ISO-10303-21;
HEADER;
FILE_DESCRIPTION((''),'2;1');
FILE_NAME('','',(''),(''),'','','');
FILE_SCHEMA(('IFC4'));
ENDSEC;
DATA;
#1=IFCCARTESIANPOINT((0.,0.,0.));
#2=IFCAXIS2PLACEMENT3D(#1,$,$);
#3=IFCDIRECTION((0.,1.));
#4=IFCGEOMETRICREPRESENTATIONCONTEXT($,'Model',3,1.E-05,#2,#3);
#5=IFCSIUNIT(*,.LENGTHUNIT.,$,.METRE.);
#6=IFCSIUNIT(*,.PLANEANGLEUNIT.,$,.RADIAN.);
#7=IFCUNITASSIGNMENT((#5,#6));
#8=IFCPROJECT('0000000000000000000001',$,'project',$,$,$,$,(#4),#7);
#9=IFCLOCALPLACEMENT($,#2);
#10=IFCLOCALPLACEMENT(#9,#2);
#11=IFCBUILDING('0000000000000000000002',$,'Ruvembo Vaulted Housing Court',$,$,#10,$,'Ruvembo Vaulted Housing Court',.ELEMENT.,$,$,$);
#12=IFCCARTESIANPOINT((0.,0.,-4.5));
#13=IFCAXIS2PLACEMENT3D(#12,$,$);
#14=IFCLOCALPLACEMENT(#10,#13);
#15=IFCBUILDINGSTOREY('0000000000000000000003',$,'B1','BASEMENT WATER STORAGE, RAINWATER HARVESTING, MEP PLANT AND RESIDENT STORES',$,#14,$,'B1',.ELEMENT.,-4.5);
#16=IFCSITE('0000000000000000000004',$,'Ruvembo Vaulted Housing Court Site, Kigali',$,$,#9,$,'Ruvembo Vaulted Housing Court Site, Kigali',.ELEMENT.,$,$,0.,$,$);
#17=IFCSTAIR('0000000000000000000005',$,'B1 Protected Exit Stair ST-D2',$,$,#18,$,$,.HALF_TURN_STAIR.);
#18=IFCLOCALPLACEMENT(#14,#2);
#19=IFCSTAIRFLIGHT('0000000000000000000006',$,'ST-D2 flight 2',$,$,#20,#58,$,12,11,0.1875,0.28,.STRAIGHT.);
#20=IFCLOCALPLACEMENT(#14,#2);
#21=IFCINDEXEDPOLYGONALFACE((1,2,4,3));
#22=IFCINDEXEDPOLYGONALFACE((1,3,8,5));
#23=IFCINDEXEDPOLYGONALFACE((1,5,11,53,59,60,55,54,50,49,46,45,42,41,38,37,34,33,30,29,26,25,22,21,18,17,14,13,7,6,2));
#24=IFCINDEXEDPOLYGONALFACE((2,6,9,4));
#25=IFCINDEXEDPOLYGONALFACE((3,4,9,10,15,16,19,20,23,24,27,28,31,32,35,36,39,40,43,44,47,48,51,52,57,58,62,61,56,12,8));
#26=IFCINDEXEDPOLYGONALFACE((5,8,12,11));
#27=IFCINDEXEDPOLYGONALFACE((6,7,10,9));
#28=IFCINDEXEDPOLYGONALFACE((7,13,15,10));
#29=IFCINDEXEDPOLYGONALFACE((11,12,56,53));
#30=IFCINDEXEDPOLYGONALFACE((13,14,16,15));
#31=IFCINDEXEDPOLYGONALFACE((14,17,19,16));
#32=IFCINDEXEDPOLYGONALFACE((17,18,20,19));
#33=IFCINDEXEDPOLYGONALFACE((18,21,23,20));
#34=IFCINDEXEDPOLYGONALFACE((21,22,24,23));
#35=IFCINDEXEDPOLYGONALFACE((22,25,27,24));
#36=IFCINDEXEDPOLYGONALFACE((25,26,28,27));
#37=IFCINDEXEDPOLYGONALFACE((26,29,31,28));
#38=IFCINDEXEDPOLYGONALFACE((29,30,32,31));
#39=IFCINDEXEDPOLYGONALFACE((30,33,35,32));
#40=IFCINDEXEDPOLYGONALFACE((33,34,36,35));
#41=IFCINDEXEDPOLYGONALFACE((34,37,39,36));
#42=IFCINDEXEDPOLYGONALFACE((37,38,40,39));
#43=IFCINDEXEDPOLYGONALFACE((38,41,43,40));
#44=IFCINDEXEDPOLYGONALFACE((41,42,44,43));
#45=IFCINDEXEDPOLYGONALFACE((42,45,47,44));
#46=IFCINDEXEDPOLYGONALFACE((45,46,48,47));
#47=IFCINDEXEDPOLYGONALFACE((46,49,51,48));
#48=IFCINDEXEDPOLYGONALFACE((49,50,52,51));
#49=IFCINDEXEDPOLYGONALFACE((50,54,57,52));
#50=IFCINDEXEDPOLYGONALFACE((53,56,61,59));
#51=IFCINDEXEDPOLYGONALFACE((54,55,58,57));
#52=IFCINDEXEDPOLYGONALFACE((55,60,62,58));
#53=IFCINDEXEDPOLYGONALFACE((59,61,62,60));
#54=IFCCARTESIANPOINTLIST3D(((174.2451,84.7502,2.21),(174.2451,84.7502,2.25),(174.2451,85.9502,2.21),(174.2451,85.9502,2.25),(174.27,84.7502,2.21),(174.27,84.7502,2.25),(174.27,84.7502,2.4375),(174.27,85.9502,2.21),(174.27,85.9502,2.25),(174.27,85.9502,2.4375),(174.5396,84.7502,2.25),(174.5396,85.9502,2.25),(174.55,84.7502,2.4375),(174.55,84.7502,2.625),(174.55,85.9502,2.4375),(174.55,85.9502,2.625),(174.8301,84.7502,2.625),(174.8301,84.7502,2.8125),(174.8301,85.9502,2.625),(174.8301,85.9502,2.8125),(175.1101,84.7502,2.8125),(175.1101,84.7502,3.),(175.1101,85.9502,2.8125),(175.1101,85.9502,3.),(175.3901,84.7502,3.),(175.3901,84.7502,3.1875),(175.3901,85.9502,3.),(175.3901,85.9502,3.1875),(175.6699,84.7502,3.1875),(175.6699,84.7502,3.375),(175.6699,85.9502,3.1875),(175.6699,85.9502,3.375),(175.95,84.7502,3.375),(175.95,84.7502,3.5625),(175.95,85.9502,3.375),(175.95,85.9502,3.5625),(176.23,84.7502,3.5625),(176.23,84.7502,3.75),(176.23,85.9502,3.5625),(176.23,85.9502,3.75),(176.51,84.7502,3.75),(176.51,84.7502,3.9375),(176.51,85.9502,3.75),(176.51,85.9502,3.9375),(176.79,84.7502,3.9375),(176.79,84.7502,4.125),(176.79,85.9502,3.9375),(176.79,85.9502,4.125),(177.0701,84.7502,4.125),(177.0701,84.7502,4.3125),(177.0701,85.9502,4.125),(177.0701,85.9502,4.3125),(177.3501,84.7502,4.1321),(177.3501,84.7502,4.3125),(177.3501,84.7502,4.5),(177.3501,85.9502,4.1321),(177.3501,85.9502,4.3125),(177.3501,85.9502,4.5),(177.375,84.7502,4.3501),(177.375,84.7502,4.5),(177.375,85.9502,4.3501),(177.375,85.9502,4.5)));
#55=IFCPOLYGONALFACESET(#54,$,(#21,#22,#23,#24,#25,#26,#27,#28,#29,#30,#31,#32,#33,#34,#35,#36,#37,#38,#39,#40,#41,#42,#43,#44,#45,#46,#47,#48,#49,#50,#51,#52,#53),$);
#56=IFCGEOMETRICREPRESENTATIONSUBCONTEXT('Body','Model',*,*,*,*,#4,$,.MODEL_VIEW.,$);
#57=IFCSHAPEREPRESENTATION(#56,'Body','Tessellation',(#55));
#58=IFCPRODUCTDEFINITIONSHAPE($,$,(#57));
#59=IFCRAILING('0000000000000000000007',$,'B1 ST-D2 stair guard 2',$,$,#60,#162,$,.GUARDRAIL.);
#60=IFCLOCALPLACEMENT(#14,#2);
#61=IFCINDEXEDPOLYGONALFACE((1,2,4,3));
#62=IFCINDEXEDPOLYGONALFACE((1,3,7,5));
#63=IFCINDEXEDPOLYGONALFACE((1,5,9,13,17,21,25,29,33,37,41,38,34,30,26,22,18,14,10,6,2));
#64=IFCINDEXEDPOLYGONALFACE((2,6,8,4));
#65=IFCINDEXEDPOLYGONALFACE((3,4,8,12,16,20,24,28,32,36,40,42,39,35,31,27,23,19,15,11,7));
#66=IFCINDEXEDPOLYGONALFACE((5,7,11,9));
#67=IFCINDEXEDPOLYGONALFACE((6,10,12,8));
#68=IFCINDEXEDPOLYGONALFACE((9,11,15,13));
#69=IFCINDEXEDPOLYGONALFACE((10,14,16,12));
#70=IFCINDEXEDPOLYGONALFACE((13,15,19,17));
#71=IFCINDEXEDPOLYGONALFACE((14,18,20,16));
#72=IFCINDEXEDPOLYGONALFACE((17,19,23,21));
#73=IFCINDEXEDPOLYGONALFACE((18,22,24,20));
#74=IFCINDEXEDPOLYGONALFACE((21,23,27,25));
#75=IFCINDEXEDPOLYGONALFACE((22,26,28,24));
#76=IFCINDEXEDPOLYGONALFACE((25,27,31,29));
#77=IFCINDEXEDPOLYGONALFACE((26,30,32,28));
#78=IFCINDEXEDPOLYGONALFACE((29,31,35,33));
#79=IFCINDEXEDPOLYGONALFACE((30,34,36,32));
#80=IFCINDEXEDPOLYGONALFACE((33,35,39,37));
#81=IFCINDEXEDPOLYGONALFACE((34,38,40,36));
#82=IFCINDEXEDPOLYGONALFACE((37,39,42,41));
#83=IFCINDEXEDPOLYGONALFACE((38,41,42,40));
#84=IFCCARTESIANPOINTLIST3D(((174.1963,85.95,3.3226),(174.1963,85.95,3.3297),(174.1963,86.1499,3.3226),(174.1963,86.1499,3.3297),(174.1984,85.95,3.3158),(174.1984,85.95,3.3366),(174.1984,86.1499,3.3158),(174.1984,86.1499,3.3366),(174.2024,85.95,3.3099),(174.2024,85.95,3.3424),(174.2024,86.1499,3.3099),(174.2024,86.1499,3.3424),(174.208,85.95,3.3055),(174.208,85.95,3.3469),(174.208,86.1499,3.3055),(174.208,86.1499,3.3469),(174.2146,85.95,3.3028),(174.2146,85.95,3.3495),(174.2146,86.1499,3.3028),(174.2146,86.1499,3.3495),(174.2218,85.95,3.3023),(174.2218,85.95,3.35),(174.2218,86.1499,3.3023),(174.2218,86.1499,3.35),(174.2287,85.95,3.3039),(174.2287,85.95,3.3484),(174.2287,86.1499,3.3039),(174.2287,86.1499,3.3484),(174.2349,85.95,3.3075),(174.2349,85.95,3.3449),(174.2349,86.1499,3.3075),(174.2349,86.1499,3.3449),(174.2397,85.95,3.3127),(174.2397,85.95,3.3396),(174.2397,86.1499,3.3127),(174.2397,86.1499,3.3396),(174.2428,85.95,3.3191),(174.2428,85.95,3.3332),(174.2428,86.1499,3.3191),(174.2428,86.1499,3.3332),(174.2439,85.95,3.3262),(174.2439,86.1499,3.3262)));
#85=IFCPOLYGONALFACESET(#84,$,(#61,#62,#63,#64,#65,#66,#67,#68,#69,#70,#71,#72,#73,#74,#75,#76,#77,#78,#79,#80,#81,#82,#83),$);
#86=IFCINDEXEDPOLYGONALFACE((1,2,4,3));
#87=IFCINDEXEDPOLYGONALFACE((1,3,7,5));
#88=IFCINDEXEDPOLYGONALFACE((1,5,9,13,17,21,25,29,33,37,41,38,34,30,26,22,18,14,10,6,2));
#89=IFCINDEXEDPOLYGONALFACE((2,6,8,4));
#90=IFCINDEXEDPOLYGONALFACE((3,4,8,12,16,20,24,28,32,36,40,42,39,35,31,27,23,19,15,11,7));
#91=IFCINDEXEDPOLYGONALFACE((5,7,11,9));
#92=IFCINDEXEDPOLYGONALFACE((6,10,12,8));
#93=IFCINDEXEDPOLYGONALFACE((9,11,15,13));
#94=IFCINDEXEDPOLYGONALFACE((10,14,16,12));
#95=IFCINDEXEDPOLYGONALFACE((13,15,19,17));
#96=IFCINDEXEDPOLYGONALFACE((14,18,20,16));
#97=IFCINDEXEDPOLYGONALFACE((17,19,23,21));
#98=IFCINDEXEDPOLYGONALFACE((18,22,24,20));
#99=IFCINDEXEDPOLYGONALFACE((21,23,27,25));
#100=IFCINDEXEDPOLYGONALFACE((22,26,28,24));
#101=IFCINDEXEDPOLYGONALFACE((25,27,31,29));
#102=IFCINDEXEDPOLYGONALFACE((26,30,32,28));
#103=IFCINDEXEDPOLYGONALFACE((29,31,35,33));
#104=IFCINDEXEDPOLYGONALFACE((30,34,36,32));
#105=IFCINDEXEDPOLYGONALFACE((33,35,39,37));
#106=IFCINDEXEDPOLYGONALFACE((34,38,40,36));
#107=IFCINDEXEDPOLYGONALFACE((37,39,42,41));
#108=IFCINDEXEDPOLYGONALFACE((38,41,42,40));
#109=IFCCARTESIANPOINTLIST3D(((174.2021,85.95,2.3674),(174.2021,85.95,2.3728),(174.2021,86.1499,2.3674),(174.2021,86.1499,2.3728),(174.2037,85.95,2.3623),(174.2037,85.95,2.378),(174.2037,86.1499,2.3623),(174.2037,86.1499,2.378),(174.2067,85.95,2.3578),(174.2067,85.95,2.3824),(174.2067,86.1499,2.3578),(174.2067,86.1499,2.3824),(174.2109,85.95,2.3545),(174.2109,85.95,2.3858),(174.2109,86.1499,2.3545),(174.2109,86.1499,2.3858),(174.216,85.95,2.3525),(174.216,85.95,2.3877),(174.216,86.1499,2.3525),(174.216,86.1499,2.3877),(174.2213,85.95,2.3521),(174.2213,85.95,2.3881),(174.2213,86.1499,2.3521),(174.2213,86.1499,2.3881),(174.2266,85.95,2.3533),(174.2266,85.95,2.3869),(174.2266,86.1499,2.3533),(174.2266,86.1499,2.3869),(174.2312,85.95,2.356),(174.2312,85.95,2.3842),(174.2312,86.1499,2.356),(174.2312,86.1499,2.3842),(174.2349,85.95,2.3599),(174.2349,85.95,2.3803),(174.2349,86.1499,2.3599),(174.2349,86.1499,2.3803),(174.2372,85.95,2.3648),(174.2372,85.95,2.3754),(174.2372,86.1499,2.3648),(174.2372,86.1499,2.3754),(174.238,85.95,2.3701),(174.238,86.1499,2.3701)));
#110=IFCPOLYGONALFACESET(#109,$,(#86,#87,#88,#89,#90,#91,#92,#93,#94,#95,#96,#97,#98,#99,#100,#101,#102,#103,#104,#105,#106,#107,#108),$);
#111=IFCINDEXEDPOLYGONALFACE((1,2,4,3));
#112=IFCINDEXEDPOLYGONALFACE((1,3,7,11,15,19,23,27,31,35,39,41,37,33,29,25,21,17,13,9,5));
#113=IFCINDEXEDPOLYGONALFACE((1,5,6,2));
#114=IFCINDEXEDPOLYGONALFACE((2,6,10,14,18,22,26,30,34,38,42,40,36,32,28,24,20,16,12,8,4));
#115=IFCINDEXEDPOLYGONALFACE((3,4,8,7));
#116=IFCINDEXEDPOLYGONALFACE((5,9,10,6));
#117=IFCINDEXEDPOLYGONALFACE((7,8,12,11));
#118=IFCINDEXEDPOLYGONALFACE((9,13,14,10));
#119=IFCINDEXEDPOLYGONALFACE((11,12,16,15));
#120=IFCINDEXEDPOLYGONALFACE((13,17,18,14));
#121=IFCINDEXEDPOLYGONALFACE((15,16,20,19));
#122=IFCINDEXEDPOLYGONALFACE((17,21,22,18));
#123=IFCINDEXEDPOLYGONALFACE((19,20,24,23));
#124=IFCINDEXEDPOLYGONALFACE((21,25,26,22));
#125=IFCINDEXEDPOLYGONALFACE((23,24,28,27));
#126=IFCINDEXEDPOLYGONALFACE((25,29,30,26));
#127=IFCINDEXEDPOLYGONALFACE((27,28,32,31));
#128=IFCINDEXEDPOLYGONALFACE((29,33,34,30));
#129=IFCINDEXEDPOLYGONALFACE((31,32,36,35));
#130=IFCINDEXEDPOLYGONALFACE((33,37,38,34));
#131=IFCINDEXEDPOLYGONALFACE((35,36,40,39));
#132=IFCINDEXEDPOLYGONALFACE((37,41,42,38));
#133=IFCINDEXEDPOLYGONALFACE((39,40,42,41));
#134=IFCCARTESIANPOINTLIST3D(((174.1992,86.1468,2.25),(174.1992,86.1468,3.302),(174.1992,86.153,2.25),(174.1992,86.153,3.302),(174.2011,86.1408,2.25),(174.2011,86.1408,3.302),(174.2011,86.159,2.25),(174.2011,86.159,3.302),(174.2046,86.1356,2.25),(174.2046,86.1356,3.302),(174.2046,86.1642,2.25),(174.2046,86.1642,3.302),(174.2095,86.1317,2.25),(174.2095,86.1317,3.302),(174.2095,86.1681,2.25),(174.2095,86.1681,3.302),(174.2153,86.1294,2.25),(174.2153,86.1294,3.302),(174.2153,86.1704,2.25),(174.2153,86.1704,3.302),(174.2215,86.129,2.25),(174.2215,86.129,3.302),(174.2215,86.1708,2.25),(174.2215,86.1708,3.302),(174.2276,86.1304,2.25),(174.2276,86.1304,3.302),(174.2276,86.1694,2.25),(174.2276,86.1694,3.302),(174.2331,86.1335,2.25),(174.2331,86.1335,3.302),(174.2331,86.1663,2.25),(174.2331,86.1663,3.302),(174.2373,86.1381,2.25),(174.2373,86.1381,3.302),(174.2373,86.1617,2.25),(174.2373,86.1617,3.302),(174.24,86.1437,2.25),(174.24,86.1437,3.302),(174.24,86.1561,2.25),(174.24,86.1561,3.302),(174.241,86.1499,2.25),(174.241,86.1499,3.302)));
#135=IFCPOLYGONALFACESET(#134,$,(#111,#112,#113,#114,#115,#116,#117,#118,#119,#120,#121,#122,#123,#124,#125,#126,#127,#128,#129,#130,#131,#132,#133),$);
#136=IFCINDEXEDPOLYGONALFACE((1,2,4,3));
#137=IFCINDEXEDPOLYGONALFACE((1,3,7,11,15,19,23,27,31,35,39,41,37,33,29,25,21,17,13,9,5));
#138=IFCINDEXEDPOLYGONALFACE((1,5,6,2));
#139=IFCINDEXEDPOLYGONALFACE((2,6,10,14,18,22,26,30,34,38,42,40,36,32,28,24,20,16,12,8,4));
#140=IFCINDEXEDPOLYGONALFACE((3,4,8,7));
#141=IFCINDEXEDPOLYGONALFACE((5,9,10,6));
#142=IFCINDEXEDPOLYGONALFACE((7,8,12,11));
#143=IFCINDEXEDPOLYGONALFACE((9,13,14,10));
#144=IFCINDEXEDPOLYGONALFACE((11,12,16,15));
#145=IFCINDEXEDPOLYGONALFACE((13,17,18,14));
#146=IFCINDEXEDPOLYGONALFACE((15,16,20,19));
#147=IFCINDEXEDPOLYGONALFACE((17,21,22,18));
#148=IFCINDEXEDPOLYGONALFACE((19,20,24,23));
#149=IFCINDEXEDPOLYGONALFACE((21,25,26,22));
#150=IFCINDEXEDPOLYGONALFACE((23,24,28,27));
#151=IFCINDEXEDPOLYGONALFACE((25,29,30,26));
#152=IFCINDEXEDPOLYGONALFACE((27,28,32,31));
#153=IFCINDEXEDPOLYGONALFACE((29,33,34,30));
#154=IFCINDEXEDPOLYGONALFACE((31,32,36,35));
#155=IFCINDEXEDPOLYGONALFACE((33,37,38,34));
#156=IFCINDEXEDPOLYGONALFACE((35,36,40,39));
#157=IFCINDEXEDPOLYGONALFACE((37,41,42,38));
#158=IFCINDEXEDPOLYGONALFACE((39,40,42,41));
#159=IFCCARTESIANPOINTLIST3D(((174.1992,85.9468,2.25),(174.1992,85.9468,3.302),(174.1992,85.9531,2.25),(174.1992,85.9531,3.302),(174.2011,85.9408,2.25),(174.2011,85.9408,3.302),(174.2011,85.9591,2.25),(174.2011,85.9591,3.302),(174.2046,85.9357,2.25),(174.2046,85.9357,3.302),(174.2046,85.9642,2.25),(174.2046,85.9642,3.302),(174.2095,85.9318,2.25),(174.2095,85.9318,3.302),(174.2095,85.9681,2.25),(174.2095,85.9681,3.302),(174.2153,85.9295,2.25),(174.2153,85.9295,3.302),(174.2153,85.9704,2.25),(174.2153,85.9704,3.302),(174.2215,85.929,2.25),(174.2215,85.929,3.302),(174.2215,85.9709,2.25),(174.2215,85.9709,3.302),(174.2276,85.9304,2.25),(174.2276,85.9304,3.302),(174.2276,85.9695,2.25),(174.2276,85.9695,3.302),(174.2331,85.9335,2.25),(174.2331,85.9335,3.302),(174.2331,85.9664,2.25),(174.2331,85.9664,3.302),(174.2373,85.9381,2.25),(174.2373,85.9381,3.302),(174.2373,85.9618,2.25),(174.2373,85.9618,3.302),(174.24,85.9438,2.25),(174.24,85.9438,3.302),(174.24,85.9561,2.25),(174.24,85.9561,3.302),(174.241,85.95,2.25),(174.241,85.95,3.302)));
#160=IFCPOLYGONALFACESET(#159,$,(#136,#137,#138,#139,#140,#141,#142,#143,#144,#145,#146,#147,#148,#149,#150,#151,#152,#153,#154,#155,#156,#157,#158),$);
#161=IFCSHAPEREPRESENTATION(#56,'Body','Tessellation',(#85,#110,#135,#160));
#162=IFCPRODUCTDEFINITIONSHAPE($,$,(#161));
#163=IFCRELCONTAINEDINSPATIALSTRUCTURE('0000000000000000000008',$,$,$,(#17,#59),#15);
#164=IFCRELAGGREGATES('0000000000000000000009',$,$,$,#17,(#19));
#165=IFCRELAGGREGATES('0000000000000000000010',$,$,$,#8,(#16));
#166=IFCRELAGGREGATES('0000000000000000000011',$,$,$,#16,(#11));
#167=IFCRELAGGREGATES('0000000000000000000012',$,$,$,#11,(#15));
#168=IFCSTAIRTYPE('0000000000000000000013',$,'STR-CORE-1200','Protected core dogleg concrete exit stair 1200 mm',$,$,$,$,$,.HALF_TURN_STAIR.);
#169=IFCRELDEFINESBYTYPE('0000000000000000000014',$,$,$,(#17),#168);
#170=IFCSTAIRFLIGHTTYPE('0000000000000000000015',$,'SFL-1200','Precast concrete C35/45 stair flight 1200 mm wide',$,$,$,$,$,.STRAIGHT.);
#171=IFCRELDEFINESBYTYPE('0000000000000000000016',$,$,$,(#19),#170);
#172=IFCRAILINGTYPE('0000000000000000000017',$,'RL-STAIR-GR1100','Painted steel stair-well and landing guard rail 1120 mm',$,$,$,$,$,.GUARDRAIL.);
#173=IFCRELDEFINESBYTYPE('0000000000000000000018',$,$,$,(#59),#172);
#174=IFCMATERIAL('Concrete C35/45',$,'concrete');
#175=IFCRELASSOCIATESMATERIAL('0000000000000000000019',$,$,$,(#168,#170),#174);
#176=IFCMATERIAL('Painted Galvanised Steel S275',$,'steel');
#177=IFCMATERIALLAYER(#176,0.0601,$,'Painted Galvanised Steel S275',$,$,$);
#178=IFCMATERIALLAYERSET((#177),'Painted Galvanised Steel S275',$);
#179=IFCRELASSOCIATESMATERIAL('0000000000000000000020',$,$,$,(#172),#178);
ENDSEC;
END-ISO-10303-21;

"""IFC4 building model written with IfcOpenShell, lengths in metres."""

from ifc_helpers import new_model, si_unit, direction, frame, origin, origin_2d, place, context, subcontext, project, spatial, polyline, circle, outline, extrude, material, layer, layer_set, type_object, element, aggregate, save


model = new_model("IFC4")

# Units and contexts
model_context = context("Model", 3, precision=1e-05, world=origin(), true_north=direction((0.0, 1.0)))
body_context = subcontext(model_context, "Body", "Model", "MODEL_VIEW")
ifc_project = project(units=[si_unit("LENGTHUNIT", "METRE"), si_unit("PLANEANGLEUNIT", "RADIAN")], contexts=[model_context])

# Site, building, storey
site_placement = place(None, origin())
site = spatial("IfcSite", under=ifc_project, at=site_placement, Name="Ruvembo Vaulted Housing Court Site, Kigali", LongName="Ruvembo Vaulted Housing Court Site, Kigali", CompositionType="ELEMENT", RefElevation=0.0)
building_placement = place(site_placement, origin())
building = spatial("IfcBuilding", under=site, at=building_placement, Name="Ruvembo Vaulted Housing Court", LongName="Ruvembo Vaulted Housing Court", CompositionType="ELEMENT")
storey_placement = place(building_placement, frame((0.0, 0.0, -4.5)))
storey = spatial("IfcBuildingStorey", under=building, at=storey_placement, Name="B1", Description="BASEMENT WATER STORAGE, RAINWATER HARVESTING, MEP PLANT AND RESIDENT STORES", LongName="B1", CompositionType="ELEMENT", Elevation=-4.5)

# Shared definitions
ifc_material_1 = material(Name="Concrete C35/45", Category="concrete")

# Stair, stair flight
stair_type = type_object("IfcStairType", Name="STR-CORE-1200", Description="Protected core dogleg concrete exit stair 1200 mm", PredefinedType="HALF_TURN_STAIR", material=ifc_material_1)
stair_placement = place(storey_placement, origin())
stair = element("IfcStair", 1, at=stair_placement, inside=storey, type_object=stair_type, Name="B1 Protected Exit Stair ST-D2", PredefinedType="HALF_TURN_STAIR")
stair_flight_type = type_object("IfcStairFlightType", Name="SFL-1200", Description="Precast concrete C35/45 stair flight 1200 mm wide", PredefinedType="STRAIGHT", material=ifc_material_1)
stair_flight_1_placement = place(storey_placement, frame((174.27, 85.3501, 2.25), z_axis=(0.0, 0.0, 1.0), x_axis=(1.0, 0.0, 0.0)))
stair_flight_1 = element("IfcStairFlight", 2, at=stair_flight_1_placement, type_object=stair_flight_type, Name="ST-D2 flight 2", NumberOfRisers=12, NumberOfTreads=11, PredefinedType="STRAIGHT", RiserHeight=0.1875, TreadLength=0.28, context=body_context, shape_type="SweptSolid", body=[
    extrude(outline(polyline([(-0.0249, -0.04), (-0.0249, 0.0), (0.0, 0.0), (0.0, 0.1875), (0.28, 0.1875), (0.28, 0.375), (0.5601, 0.375), (0.5601, 0.5625), (0.8401, 0.5625), (0.8401, 0.75), (1.1201, 0.75), (1.1201, 0.9375), (1.3999, 0.9375), (1.3999, 1.125), (1.6799, 1.125), (1.6799, 1.3125), (1.96, 1.3125), (1.96, 1.5), (2.24, 1.5), (2.24, 1.6875), (2.52, 1.6875), (2.52, 1.875), (2.8, 1.875), (2.8, 2.0625), (3.0801, 2.0625), (3.0801, 2.25), (3.105, 2.25), (3.105, 2.1001), (3.0801, 1.8821), (0.2695, 0.0), (0.0, -0.04), (-0.0249, -0.04)])), frame((0.0, 0.6001, 0.0), z_axis=(0.0, -1.0, 0.0), x_axis=(1.0, 0.0, 0.0)), (0.0, 0.0, 1.0), 1.2),
])
aggregate(stair, [stair_flight_1])

# Railing
ifc_material_2 = material(Name="Painted Galvanised Steel S275", Category="steel")
ifc_layer_1 = layer(ifc_material_2, 0.0601, Name="Painted Galvanised Steel S275")
ifc_layer_set_1 = layer_set([ifc_layer_1], Name="Painted Galvanised Steel S275")
railing_type_1 = type_object("IfcRailingType", Name="RL-STAIR-GR1100", Description="Painted steel stair-well and landing guard rail 1120 mm", PredefinedType="GUARDRAIL", material=ifc_layer_set_1)
railing_1_placement = place(storey_placement, frame((174.22, 86.1499, 2.25)))
element("IfcRailing", 3, at=railing_1_placement, inside=storey, type_object=railing_type_1, Name="B1 ST-D2 stair guard 2", PredefinedType="GUARDRAIL", context=body_context, shape_type="SweptSolid", body=[
    extrude(circle(Radius=0.0239, at=origin_2d()), frame((0.0, 0.0, 1.0762), z_axis=(0.0, -1.0, 0.0), x_axis=(1.0, 0.0, 0.0)), (0.0, 0.0, 1.0), 0.2),
    extrude(circle(Radius=0.0181, at=origin_2d()), frame((0.0, 0.0, 0.1201), z_axis=(0.0, -1.0, 0.0), x_axis=(1.0, 0.0, 0.0)), (0.0, 0.0, 1.0), 0.2),
    extrude(circle(Radius=0.021, at=origin_2d()), origin(), (0.0, 0.0, 1.0), 1.052),
    extrude(circle(Radius=0.021, at=origin_2d()), frame((0.0, -0.2, 0.0)), (0.0, 0.0, 1.0), 1.052),
])

save(model, "model.ifc")
